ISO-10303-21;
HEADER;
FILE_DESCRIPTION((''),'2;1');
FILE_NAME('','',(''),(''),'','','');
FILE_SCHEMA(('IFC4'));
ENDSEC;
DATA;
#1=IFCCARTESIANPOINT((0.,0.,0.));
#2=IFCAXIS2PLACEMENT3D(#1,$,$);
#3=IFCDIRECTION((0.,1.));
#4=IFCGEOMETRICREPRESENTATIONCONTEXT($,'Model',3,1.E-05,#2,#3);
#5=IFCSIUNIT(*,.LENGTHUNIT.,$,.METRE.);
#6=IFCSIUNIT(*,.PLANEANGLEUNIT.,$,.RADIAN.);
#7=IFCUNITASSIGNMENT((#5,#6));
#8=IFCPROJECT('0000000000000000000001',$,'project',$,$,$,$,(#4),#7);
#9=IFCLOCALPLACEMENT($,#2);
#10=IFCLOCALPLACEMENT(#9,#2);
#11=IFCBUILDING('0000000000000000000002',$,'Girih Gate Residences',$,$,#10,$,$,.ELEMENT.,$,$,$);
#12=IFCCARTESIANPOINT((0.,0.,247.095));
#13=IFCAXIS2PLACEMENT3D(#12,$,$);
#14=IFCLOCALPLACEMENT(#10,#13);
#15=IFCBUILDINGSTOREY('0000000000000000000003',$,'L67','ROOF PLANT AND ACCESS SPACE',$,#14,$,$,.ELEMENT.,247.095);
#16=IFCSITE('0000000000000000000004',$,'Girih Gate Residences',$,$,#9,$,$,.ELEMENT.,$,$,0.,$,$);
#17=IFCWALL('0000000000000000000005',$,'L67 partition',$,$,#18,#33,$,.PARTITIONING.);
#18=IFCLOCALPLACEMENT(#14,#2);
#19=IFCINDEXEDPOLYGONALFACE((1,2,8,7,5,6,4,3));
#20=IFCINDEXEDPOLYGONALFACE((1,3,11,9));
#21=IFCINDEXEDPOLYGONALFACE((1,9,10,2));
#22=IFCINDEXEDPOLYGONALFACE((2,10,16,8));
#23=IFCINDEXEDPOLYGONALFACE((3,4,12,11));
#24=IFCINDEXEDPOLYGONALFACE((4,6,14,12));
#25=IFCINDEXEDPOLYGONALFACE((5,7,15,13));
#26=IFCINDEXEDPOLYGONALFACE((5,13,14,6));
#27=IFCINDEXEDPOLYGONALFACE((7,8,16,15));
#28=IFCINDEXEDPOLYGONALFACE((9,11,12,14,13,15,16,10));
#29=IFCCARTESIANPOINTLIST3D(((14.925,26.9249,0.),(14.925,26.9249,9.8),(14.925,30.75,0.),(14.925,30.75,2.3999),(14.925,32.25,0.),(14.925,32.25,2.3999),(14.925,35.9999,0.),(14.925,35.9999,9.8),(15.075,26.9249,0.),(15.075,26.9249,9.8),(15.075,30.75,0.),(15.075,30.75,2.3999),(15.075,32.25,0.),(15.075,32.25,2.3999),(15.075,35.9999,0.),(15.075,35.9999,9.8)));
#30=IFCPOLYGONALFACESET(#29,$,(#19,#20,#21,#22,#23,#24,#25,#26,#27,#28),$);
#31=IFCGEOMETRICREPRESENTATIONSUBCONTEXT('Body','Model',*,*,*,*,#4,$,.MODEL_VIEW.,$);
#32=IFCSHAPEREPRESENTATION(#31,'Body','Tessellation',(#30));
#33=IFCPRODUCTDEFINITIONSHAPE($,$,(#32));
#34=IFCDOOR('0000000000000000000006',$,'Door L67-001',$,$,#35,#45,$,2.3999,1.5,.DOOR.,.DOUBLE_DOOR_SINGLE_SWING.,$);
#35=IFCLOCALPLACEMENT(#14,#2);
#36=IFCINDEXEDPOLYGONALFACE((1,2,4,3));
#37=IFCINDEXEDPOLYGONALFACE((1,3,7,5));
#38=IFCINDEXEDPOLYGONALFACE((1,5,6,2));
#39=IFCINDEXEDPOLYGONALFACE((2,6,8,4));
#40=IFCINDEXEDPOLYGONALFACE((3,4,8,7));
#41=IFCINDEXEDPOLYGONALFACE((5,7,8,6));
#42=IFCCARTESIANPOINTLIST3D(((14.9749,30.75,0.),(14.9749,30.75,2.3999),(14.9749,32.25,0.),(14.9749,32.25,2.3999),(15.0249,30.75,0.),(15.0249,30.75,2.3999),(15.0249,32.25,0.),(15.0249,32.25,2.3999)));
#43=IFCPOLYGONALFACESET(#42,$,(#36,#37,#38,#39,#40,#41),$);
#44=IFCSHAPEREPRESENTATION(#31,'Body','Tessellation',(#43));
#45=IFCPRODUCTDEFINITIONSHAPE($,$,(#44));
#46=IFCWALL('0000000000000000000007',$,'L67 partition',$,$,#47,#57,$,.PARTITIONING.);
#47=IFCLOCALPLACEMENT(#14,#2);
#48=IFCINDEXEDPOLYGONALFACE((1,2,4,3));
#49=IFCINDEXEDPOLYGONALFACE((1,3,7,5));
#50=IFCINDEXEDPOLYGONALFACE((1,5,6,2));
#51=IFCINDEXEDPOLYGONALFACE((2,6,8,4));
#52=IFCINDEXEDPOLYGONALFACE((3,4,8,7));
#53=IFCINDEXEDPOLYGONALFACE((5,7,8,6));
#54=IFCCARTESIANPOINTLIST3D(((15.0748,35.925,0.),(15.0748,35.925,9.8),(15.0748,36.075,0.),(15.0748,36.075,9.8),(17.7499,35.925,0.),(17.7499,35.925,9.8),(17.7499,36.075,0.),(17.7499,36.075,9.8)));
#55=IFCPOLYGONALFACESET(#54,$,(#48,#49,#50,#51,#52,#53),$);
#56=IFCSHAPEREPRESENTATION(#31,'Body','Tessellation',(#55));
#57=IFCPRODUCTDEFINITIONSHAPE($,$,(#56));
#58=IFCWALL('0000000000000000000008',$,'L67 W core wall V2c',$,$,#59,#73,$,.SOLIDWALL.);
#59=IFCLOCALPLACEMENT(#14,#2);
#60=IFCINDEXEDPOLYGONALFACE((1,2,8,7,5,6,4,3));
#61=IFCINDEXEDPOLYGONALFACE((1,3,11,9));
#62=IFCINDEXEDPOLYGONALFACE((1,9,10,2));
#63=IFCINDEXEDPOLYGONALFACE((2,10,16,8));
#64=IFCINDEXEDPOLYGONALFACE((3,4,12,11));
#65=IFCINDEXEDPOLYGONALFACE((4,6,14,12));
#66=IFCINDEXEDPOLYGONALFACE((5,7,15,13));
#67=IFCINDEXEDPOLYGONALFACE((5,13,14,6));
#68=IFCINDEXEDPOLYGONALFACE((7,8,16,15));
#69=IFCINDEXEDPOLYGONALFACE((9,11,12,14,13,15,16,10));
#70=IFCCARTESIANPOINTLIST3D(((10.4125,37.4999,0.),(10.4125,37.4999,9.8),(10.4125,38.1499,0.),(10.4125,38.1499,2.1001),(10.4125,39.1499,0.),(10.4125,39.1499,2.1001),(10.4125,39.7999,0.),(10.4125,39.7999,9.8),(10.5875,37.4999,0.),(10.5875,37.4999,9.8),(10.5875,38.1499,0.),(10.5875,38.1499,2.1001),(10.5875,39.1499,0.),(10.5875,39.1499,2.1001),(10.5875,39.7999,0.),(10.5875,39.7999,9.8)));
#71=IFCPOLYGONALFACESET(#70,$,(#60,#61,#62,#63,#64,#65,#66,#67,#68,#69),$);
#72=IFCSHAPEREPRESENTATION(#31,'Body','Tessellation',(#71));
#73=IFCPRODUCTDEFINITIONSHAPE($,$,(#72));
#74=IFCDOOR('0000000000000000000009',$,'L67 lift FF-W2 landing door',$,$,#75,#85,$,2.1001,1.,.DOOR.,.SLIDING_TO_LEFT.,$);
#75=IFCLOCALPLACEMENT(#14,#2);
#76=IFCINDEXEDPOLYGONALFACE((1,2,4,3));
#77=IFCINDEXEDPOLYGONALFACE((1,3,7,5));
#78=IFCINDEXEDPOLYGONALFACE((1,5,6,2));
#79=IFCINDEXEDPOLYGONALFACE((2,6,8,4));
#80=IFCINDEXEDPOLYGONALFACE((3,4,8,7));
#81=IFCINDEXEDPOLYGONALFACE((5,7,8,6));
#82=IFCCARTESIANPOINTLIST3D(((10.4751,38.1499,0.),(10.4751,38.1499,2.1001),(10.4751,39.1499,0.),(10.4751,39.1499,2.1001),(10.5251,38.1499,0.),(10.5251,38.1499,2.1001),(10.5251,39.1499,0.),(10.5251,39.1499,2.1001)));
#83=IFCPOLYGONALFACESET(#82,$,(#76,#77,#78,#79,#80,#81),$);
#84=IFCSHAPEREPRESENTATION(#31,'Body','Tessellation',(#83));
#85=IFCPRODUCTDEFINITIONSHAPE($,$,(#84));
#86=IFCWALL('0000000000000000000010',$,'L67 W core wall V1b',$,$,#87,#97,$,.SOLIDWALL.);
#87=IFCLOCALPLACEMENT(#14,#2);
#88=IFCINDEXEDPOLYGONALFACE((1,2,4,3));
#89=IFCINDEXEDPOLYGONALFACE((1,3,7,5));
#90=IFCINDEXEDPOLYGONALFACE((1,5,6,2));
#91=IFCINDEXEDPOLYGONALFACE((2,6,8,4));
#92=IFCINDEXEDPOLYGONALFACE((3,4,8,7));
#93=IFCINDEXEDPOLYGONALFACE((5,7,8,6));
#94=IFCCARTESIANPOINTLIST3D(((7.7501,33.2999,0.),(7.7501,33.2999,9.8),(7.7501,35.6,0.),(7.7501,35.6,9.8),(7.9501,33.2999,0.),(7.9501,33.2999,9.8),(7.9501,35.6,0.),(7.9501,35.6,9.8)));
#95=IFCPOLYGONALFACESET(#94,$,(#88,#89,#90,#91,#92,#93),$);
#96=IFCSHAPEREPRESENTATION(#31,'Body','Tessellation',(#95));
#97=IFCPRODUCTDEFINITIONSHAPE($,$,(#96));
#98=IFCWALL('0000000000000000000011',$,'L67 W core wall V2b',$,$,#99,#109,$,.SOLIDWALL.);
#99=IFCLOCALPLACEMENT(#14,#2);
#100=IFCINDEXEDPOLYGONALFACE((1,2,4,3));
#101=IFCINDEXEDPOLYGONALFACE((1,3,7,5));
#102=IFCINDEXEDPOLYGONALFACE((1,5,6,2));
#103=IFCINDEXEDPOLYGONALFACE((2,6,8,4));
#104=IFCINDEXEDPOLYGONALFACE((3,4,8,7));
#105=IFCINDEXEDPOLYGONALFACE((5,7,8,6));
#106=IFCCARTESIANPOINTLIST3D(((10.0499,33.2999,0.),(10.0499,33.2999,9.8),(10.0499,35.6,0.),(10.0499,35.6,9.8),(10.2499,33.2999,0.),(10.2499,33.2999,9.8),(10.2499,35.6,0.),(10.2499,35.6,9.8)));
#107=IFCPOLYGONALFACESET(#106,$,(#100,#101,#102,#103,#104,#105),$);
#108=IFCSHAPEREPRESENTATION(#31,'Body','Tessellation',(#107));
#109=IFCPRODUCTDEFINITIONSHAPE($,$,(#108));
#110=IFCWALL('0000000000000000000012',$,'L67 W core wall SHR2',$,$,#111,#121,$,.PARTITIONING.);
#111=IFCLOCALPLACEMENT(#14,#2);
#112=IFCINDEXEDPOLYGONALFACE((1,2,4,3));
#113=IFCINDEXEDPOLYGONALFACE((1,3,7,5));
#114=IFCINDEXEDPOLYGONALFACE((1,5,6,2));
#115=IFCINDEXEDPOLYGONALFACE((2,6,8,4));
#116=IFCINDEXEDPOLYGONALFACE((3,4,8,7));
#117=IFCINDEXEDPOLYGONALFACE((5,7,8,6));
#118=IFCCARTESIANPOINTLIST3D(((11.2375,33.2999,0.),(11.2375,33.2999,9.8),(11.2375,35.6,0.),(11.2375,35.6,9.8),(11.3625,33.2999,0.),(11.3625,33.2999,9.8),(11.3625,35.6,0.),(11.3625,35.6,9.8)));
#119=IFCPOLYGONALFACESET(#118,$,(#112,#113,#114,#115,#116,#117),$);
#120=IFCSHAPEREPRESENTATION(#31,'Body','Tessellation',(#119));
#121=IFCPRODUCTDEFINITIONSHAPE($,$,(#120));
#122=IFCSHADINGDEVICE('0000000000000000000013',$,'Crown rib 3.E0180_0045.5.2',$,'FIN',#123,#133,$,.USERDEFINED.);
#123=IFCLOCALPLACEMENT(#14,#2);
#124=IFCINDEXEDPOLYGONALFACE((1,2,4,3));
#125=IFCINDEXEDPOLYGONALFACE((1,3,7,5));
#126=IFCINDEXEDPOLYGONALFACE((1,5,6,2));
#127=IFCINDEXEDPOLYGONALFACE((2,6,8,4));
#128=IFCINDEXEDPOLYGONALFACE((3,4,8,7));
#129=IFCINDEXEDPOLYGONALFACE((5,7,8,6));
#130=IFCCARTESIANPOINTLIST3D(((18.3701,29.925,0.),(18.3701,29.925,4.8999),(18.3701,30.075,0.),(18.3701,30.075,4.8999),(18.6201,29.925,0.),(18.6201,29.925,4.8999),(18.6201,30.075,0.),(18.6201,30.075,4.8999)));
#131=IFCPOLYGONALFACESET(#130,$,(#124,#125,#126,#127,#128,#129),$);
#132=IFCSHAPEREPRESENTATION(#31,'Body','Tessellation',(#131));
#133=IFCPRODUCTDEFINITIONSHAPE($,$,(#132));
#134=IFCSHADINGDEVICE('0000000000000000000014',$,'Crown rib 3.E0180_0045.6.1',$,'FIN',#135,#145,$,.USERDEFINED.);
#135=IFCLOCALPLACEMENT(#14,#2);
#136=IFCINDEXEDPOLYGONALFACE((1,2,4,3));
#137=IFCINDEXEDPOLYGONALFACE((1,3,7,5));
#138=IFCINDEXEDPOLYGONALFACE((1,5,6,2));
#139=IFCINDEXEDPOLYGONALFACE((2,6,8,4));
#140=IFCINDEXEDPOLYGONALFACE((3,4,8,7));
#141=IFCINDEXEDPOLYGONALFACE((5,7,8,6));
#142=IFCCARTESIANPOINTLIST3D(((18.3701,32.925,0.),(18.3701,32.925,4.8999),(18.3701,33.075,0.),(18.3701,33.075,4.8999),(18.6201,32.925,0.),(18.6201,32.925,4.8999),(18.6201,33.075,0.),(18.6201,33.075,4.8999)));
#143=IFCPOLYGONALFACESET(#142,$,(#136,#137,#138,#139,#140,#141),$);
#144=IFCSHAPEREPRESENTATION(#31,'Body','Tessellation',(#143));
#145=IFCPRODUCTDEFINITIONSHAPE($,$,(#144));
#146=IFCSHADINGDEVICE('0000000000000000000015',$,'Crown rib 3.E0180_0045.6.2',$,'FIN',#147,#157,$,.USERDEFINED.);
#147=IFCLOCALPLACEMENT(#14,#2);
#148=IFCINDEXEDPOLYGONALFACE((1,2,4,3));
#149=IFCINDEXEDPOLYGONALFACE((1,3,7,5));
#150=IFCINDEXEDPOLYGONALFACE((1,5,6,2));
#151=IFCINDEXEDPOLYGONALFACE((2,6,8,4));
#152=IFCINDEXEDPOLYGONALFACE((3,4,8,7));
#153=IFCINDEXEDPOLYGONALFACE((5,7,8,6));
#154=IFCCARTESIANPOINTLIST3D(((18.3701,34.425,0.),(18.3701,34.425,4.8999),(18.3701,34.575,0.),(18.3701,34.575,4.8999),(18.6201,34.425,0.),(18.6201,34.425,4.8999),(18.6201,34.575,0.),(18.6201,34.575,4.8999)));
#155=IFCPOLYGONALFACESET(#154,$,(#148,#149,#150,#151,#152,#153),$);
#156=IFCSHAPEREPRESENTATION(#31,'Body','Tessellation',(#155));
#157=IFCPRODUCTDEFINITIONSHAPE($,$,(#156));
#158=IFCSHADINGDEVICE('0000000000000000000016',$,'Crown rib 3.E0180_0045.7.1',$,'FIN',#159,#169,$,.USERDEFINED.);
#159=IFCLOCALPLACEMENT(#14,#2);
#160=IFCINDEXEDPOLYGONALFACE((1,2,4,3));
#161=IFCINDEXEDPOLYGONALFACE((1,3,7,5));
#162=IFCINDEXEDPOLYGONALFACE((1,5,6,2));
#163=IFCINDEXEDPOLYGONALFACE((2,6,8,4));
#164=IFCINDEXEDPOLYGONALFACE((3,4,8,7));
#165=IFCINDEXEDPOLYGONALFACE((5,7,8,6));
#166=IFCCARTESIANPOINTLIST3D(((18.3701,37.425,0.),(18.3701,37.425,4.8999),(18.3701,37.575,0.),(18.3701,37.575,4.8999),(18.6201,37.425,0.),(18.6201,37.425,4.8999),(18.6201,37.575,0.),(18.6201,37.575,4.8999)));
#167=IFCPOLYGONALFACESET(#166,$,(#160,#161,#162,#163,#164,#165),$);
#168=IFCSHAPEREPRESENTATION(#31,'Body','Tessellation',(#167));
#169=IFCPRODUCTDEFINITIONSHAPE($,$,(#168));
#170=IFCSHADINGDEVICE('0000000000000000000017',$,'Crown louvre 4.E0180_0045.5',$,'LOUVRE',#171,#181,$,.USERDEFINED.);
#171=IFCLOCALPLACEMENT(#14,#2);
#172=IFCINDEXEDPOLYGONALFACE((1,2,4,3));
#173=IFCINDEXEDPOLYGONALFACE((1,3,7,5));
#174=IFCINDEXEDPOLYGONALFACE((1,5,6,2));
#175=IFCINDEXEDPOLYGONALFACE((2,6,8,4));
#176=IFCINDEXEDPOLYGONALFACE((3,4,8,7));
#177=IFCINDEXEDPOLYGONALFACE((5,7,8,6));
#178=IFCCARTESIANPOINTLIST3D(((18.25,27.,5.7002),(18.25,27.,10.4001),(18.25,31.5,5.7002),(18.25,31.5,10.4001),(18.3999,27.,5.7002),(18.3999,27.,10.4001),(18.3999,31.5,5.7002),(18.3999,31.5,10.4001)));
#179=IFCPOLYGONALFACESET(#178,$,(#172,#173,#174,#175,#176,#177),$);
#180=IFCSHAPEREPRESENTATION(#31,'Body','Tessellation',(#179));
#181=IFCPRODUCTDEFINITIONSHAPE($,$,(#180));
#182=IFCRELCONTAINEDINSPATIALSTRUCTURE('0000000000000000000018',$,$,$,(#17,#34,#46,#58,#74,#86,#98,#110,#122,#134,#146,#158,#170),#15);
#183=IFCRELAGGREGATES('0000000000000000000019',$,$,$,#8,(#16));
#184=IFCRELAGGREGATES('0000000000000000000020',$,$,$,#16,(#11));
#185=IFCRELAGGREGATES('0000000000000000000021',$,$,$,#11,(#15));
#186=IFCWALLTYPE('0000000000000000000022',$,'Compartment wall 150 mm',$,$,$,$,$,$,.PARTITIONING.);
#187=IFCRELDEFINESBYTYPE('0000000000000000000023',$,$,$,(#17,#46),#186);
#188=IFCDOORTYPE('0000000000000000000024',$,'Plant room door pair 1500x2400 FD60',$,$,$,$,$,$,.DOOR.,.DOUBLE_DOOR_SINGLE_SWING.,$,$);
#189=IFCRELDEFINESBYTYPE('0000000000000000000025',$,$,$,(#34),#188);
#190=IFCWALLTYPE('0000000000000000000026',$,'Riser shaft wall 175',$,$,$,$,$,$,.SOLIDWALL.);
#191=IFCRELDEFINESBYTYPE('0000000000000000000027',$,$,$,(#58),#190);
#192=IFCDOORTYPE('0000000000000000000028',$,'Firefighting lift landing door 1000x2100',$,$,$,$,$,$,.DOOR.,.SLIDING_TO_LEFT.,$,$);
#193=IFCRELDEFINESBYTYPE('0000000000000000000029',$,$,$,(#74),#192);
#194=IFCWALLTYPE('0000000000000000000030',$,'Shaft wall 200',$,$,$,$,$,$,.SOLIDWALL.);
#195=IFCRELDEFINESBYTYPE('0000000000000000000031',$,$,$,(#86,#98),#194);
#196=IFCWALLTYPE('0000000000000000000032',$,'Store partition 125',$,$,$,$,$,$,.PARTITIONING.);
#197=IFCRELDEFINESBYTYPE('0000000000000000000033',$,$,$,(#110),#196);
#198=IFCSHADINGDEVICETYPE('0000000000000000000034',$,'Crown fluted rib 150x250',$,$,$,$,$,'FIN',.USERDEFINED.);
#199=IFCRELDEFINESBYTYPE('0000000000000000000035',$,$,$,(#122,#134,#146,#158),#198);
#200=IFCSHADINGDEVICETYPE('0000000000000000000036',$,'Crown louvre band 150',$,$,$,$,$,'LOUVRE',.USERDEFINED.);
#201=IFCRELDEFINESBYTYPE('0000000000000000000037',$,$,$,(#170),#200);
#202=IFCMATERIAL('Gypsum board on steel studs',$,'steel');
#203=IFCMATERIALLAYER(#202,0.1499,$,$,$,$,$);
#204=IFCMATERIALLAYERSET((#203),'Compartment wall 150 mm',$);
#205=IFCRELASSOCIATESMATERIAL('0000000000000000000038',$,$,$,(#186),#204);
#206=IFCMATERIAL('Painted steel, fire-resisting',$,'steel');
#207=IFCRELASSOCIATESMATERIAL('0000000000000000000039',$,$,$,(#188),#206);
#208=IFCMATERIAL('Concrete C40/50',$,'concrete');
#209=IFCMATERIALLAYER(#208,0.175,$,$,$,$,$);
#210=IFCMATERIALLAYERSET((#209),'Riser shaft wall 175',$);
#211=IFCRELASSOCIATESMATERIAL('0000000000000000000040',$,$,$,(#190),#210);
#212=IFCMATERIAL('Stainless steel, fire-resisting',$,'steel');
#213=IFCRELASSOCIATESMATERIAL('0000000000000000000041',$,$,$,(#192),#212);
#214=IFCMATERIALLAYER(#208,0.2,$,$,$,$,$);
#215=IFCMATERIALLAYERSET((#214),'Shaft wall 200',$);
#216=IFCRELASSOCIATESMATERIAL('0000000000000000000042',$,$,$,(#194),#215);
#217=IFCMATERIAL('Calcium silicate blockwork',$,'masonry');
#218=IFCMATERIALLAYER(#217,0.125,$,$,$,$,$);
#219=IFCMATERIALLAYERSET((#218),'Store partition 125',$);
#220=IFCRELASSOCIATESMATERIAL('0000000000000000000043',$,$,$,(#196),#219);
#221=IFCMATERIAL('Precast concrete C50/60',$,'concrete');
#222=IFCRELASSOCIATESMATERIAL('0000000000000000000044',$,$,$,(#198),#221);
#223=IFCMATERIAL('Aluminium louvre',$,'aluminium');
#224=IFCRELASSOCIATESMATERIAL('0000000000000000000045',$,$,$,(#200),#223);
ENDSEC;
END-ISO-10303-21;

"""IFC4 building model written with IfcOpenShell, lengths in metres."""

from ifc_helpers import new_model, si_unit, direction, frame, frame_2d, origin, origin_2d, place, context, subcontext, project, spatial, rectangle, extrude, material, layer, layer_set, type_object, element, fill, save


model = new_model("IFC4")

# Units and contexts
model_context = context("Model", 3, precision=1e-05, world=origin(), true_north=direction((0.0, 1.0)))
body_context = subcontext(model_context, "Body", "Model", "MODEL_VIEW")
ifc_project = project(units=[si_unit("LENGTHUNIT", "METRE"), si_unit("PLANEANGLEUNIT", "RADIAN")], contexts=[model_context])

# Site, building, storey
site_placement = place(None, origin())
site = spatial("IfcSite", under=ifc_project, at=site_placement, Name="Girih Gate Residences", CompositionType="ELEMENT", RefElevation=0.0)
building_placement = place(site_placement, origin())
building = spatial("IfcBuilding", under=site, at=building_placement, Name="Girih Gate Residences", CompositionType="ELEMENT")
storey_placement = place(building_placement, frame((0.0, 0.0, 247.095)))
storey = spatial("IfcBuildingStorey", under=building, at=storey_placement, Name="L67", Description="ROOF PLANT AND ACCESS SPACE", CompositionType="ELEMENT", Elevation=247.095)

# Wall, opening, door
ifc_material_1 = material(Name="Gypsum board on steel studs", Category="steel")
ifc_layer_1 = layer(ifc_material_1, 0.1499)
ifc_layer_set_1 = layer_set([ifc_layer_1], Name="Compartment wall 150 mm")
wall_type_1 = type_object("IfcWallType", Name="Compartment wall 150 mm", PredefinedType="PARTITIONING", material=ifc_layer_set_1)
wall_1_placement = place(storey_placement, frame((15.0, 36.0, 0.0), z_axis=(0.0, 0.0, 1.0), x_axis=(0.0, -1.0, 0.0)))
wall_1 = element("IfcWall", 1, at=wall_1_placement, inside=storey, type_object=wall_type_1, Name="L67 partition", PredefinedType="PARTITIONING", context=body_context, shape_type="SweptSolid", body=[
    extrude(rectangle(XDim=9.075, YDim=0.1499, at=frame_2d((4.5376, 0.0))), origin(), (0.0, 0.0, 1.0), 9.8),
])
opening_1_placement = place(wall_1_placement, frame((3.75, 0.0, 0.0)))
opening_1 = element("IfcOpeningElement", 2, at=opening_1_placement, cuts=wall_1, PredefinedType="OPENING", context=body_context, shape_type="SweptSolid", body=[
    extrude(rectangle(XDim=1.5, YDim=2.3999, at=frame_2d((0.75, 1.2))), frame((0.0, 0.085, 0.0), z_axis=(0.0, -1.0, 0.0), x_axis=(1.0, 0.0, 0.0)), (0.0, 0.0, 1.0), 0.1699),
])
ifc_material_2 = material(Name="Painted steel, fire-resisting", Category="steel")
door_type_1 = type_object("IfcDoorType", Name="Plant room door pair 1500x2400 FD60", OperationType="DOUBLE_DOOR_SINGLE_SWING", PredefinedType="DOOR", material=ifc_material_2)
door_1_placement = place(opening_1_placement, origin())
door_1 = element("IfcDoor", 3, at=door_1_placement, inside=storey, type_object=door_type_1, Name="Door L67-001", OperationType="DOUBLE_DOOR_SINGLE_SWING", OverallHeight=2.3999, OverallWidth=1.5, PredefinedType="DOOR", context=body_context, shape_type="SweptSolid", body=[
    extrude(rectangle(XDim=1.5, YDim=2.3999, at=frame_2d((0.75, 1.2))), frame((0.0, 0.0249, 0.0), z_axis=(0.0, -1.0, 0.0), x_axis=(1.0, 0.0, 0.0)), (0.0, 0.0, 1.0), 0.05),
])
fill(opening_1, door_1)

# Wall
wall_2_placement = place(storey_placement, frame((15.075, 36.0, 0.0), z_axis=(0.0, 0.0, 1.0), x_axis=(1.0, 0.0, 0.0)))
element("IfcWall", 4, at=wall_2_placement, inside=storey, type_object=wall_type_1, Name="L67 partition", PredefinedType="PARTITIONING", context=body_context, shape_type="SweptSolid", body=[
    extrude(rectangle(XDim=2.675, YDim=0.1499, at=frame_2d((1.3374, 0.0))), origin(), (0.0, 0.0, 1.0), 9.8),
])

# Wall, opening, door
ifc_material_3 = material(Name="Concrete C40/50", Category="concrete")
ifc_layer_2 = layer(ifc_material_3, 0.175)
ifc_layer_set_2 = layer_set([ifc_layer_2], Name="Riser shaft wall 175")
wall_type_2 = type_object("IfcWallType", Name="Riser shaft wall 175", PredefinedType="SOLIDWALL", material=ifc_layer_set_2)
wall_3_placement = place(storey_placement, frame((10.5, 37.5, 0.0), z_axis=(0.0, 0.0, 1.0), x_axis=(0.0, 1.0, 0.0)))
wall_3 = element("IfcWall", 5, at=wall_3_placement, inside=storey, type_object=wall_type_2, Name="L67 W core wall V2c", PredefinedType="SOLIDWALL", context=body_context, shape_type="SweptSolid", body=[
    extrude(rectangle(XDim=2.3, YDim=0.175, at=frame_2d((1.1499, 0.0))), origin(), (0.0, 0.0, 1.0), 9.8),
])
opening_2_placement = place(wall_3_placement, frame((0.6499, 0.0, 0.0)))
opening_2 = element("IfcOpeningElement", 6, at=opening_2_placement, cuts=wall_3, PredefinedType="OPENING", context=body_context, shape_type="SweptSolid", body=[
    extrude(rectangle(XDim=1.0, YDim=2.1001, at=frame_2d((0.5, 1.05))), frame((0.0, 0.0974, 0.0), z_axis=(0.0, -1.0, 0.0), x_axis=(1.0, 0.0, 0.0)), (0.0, 0.0, 1.0), 0.1951),
])
ifc_material_4 = material(Name="Stainless steel, fire-resisting", Category="steel")
door_type_2 = type_object("IfcDoorType", Name="Firefighting lift landing door 1000x2100", OperationType="SLIDING_TO_LEFT", PredefinedType="DOOR", material=ifc_material_4)
door_2_placement = place(opening_2_placement, origin())
door_2 = element("IfcDoor", 7, at=door_2_placement, inside=storey, type_object=door_type_2, Name="L67 lift FF-W2 landing door", OperationType="SLIDING_TO_LEFT", OverallHeight=2.1001, OverallWidth=1.0, PredefinedType="DOOR", context=body_context, shape_type="SweptSolid", body=[
    extrude(rectangle(XDim=1.0, YDim=2.1001, at=frame_2d((0.5, 1.05))), frame((0.0, 0.0249, 0.0), z_axis=(0.0, -1.0, 0.0), x_axis=(1.0, 0.0, 0.0)), (0.0, 0.0, 1.0), 0.05),
])
fill(opening_2, door_2)

# Walls
ifc_layer_3 = layer(ifc_material_3, 0.2)
ifc_layer_set_3 = layer_set([ifc_layer_3], Name="Shaft wall 200")
wall_type_3 = type_object("IfcWallType", Name="Shaft wall 200", PredefinedType="SOLIDWALL", material=ifc_layer_set_3)
for number, where, z_axis, x_axis, name in (
    (8, (7.8501, 33.3, 0.0), (0.0, 0.0, 1.0), (0.0, 1.0, 0.0), "L67 W core wall V1b"),
    (9, (10.1499, 33.3, 0.0), (0.0, 0.0, 1.0), (0.0, 1.0, 0.0), "L67 W core wall V2b"),
):
    element("IfcWall", number, at=place(storey_placement, frame(where, z_axis=z_axis, x_axis=x_axis)), inside=storey, type_object=wall_type_3, Name=name, PredefinedType="SOLIDWALL", context=body_context, shape_type="SweptSolid", body=[
        extrude(rectangle(XDim=2.3, YDim=0.2, at=frame_2d((1.1499, 0.0))), origin(), (0.0, 0.0, 1.0), 9.8),
    ])
ifc_material_5 = material(Name="Calcium silicate blockwork", Category="masonry")
ifc_layer_4 = layer(ifc_material_5, 0.125)
ifc_layer_set_4 = layer_set([ifc_layer_4], Name="Store partition 125")
wall_type_4 = type_object("IfcWallType", Name="Store partition 125", PredefinedType="PARTITIONING", material=ifc_layer_set_4)
wall_4_placement = place(storey_placement, frame((11.3, 33.3, 0.0), z_axis=(0.0, 0.0, 1.0), x_axis=(0.0, 1.0, 0.0)))
element("IfcWall", 10, at=wall_4_placement, inside=storey, type_object=wall_type_4, Name="L67 W core wall SHR2", PredefinedType="PARTITIONING", context=body_context, shape_type="SweptSolid", body=[
    extrude(rectangle(XDim=2.3, YDim=0.125, at=frame_2d((1.1499, 0.0))), origin(), (0.0, 0.0, 1.0), 9.8),
])

# Shading devices
ifc_material_6 = material(Name="Precast concrete C50/60", Category="concrete")
shading_device_type_1 = type_object("IfcShadingDeviceType", Name="Crown fluted rib 150x250", ElementType="FIN", PredefinedType="USERDEFINED", material=ifc_material_6)
for number, where, z_axis, x_axis, name in (
    (11, (18.4951, 30.0, 0.0), (0.0, 0.0, 1.0), (0.0, 1.0, 0.0), "Crown rib 3.E0180_0045.5.2"),
    (12, (18.4951, 33.0, 0.0), (0.0, 0.0, 1.0), (0.0, 1.0, 0.0), "Crown rib 3.E0180_0045.6.1"),
    (13, (18.4951, 34.5, 0.0), (0.0, 0.0, 1.0), (0.0, 1.0, 0.0), "Crown rib 3.E0180_0045.6.2"),
    (14, (18.4951, 37.5, 0.0), (0.0, 0.0, 1.0), (0.0, 1.0, 0.0), "Crown rib 3.E0180_0045.7.1"),
):
    element("IfcShadingDevice", number, at=place(storey_placement, frame(where, z_axis=z_axis, x_axis=x_axis)), inside=storey, type_object=shading_device_type_1, Name=name, ObjectType="FIN", PredefinedType="USERDEFINED", context=body_context, shape_type="SweptSolid", body=[
        extrude(rectangle(XDim=0.1499, YDim=0.25, at=origin_2d()), origin(), (0.0, 0.0, 1.0), 4.8999),
    ])
ifc_material_7 = material(Name="Aluminium louvre", Category="aluminium")
shading_device_type_2 = type_object("IfcShadingDeviceType", Name="Crown louvre band 150", ElementType="LOUVRE", PredefinedType="USERDEFINED", material=ifc_material_7)
for number, where, z_axis, x_axis, name in (
    (15, (18.325, 29.25, 5.7002), (0.0, 0.0, 1.0), (0.0, 1.0, 0.0), "Crown louvre 4.E0180_0045.5"),
):
    element("IfcShadingDevice", number, at=place(storey_placement, frame(where, z_axis=z_axis, x_axis=x_axis)), inside=storey, type_object=shading_device_type_2, Name=name, ObjectType="LOUVRE", PredefinedType="USERDEFINED", context=body_context, shape_type="SweptSolid", body=[
        extrude(rectangle(XDim=4.5, YDim=0.1499, at=origin_2d()), origin(), (0.0, 0.0, 1.0), 4.7),
    ])

save(model, "model.ifc")
